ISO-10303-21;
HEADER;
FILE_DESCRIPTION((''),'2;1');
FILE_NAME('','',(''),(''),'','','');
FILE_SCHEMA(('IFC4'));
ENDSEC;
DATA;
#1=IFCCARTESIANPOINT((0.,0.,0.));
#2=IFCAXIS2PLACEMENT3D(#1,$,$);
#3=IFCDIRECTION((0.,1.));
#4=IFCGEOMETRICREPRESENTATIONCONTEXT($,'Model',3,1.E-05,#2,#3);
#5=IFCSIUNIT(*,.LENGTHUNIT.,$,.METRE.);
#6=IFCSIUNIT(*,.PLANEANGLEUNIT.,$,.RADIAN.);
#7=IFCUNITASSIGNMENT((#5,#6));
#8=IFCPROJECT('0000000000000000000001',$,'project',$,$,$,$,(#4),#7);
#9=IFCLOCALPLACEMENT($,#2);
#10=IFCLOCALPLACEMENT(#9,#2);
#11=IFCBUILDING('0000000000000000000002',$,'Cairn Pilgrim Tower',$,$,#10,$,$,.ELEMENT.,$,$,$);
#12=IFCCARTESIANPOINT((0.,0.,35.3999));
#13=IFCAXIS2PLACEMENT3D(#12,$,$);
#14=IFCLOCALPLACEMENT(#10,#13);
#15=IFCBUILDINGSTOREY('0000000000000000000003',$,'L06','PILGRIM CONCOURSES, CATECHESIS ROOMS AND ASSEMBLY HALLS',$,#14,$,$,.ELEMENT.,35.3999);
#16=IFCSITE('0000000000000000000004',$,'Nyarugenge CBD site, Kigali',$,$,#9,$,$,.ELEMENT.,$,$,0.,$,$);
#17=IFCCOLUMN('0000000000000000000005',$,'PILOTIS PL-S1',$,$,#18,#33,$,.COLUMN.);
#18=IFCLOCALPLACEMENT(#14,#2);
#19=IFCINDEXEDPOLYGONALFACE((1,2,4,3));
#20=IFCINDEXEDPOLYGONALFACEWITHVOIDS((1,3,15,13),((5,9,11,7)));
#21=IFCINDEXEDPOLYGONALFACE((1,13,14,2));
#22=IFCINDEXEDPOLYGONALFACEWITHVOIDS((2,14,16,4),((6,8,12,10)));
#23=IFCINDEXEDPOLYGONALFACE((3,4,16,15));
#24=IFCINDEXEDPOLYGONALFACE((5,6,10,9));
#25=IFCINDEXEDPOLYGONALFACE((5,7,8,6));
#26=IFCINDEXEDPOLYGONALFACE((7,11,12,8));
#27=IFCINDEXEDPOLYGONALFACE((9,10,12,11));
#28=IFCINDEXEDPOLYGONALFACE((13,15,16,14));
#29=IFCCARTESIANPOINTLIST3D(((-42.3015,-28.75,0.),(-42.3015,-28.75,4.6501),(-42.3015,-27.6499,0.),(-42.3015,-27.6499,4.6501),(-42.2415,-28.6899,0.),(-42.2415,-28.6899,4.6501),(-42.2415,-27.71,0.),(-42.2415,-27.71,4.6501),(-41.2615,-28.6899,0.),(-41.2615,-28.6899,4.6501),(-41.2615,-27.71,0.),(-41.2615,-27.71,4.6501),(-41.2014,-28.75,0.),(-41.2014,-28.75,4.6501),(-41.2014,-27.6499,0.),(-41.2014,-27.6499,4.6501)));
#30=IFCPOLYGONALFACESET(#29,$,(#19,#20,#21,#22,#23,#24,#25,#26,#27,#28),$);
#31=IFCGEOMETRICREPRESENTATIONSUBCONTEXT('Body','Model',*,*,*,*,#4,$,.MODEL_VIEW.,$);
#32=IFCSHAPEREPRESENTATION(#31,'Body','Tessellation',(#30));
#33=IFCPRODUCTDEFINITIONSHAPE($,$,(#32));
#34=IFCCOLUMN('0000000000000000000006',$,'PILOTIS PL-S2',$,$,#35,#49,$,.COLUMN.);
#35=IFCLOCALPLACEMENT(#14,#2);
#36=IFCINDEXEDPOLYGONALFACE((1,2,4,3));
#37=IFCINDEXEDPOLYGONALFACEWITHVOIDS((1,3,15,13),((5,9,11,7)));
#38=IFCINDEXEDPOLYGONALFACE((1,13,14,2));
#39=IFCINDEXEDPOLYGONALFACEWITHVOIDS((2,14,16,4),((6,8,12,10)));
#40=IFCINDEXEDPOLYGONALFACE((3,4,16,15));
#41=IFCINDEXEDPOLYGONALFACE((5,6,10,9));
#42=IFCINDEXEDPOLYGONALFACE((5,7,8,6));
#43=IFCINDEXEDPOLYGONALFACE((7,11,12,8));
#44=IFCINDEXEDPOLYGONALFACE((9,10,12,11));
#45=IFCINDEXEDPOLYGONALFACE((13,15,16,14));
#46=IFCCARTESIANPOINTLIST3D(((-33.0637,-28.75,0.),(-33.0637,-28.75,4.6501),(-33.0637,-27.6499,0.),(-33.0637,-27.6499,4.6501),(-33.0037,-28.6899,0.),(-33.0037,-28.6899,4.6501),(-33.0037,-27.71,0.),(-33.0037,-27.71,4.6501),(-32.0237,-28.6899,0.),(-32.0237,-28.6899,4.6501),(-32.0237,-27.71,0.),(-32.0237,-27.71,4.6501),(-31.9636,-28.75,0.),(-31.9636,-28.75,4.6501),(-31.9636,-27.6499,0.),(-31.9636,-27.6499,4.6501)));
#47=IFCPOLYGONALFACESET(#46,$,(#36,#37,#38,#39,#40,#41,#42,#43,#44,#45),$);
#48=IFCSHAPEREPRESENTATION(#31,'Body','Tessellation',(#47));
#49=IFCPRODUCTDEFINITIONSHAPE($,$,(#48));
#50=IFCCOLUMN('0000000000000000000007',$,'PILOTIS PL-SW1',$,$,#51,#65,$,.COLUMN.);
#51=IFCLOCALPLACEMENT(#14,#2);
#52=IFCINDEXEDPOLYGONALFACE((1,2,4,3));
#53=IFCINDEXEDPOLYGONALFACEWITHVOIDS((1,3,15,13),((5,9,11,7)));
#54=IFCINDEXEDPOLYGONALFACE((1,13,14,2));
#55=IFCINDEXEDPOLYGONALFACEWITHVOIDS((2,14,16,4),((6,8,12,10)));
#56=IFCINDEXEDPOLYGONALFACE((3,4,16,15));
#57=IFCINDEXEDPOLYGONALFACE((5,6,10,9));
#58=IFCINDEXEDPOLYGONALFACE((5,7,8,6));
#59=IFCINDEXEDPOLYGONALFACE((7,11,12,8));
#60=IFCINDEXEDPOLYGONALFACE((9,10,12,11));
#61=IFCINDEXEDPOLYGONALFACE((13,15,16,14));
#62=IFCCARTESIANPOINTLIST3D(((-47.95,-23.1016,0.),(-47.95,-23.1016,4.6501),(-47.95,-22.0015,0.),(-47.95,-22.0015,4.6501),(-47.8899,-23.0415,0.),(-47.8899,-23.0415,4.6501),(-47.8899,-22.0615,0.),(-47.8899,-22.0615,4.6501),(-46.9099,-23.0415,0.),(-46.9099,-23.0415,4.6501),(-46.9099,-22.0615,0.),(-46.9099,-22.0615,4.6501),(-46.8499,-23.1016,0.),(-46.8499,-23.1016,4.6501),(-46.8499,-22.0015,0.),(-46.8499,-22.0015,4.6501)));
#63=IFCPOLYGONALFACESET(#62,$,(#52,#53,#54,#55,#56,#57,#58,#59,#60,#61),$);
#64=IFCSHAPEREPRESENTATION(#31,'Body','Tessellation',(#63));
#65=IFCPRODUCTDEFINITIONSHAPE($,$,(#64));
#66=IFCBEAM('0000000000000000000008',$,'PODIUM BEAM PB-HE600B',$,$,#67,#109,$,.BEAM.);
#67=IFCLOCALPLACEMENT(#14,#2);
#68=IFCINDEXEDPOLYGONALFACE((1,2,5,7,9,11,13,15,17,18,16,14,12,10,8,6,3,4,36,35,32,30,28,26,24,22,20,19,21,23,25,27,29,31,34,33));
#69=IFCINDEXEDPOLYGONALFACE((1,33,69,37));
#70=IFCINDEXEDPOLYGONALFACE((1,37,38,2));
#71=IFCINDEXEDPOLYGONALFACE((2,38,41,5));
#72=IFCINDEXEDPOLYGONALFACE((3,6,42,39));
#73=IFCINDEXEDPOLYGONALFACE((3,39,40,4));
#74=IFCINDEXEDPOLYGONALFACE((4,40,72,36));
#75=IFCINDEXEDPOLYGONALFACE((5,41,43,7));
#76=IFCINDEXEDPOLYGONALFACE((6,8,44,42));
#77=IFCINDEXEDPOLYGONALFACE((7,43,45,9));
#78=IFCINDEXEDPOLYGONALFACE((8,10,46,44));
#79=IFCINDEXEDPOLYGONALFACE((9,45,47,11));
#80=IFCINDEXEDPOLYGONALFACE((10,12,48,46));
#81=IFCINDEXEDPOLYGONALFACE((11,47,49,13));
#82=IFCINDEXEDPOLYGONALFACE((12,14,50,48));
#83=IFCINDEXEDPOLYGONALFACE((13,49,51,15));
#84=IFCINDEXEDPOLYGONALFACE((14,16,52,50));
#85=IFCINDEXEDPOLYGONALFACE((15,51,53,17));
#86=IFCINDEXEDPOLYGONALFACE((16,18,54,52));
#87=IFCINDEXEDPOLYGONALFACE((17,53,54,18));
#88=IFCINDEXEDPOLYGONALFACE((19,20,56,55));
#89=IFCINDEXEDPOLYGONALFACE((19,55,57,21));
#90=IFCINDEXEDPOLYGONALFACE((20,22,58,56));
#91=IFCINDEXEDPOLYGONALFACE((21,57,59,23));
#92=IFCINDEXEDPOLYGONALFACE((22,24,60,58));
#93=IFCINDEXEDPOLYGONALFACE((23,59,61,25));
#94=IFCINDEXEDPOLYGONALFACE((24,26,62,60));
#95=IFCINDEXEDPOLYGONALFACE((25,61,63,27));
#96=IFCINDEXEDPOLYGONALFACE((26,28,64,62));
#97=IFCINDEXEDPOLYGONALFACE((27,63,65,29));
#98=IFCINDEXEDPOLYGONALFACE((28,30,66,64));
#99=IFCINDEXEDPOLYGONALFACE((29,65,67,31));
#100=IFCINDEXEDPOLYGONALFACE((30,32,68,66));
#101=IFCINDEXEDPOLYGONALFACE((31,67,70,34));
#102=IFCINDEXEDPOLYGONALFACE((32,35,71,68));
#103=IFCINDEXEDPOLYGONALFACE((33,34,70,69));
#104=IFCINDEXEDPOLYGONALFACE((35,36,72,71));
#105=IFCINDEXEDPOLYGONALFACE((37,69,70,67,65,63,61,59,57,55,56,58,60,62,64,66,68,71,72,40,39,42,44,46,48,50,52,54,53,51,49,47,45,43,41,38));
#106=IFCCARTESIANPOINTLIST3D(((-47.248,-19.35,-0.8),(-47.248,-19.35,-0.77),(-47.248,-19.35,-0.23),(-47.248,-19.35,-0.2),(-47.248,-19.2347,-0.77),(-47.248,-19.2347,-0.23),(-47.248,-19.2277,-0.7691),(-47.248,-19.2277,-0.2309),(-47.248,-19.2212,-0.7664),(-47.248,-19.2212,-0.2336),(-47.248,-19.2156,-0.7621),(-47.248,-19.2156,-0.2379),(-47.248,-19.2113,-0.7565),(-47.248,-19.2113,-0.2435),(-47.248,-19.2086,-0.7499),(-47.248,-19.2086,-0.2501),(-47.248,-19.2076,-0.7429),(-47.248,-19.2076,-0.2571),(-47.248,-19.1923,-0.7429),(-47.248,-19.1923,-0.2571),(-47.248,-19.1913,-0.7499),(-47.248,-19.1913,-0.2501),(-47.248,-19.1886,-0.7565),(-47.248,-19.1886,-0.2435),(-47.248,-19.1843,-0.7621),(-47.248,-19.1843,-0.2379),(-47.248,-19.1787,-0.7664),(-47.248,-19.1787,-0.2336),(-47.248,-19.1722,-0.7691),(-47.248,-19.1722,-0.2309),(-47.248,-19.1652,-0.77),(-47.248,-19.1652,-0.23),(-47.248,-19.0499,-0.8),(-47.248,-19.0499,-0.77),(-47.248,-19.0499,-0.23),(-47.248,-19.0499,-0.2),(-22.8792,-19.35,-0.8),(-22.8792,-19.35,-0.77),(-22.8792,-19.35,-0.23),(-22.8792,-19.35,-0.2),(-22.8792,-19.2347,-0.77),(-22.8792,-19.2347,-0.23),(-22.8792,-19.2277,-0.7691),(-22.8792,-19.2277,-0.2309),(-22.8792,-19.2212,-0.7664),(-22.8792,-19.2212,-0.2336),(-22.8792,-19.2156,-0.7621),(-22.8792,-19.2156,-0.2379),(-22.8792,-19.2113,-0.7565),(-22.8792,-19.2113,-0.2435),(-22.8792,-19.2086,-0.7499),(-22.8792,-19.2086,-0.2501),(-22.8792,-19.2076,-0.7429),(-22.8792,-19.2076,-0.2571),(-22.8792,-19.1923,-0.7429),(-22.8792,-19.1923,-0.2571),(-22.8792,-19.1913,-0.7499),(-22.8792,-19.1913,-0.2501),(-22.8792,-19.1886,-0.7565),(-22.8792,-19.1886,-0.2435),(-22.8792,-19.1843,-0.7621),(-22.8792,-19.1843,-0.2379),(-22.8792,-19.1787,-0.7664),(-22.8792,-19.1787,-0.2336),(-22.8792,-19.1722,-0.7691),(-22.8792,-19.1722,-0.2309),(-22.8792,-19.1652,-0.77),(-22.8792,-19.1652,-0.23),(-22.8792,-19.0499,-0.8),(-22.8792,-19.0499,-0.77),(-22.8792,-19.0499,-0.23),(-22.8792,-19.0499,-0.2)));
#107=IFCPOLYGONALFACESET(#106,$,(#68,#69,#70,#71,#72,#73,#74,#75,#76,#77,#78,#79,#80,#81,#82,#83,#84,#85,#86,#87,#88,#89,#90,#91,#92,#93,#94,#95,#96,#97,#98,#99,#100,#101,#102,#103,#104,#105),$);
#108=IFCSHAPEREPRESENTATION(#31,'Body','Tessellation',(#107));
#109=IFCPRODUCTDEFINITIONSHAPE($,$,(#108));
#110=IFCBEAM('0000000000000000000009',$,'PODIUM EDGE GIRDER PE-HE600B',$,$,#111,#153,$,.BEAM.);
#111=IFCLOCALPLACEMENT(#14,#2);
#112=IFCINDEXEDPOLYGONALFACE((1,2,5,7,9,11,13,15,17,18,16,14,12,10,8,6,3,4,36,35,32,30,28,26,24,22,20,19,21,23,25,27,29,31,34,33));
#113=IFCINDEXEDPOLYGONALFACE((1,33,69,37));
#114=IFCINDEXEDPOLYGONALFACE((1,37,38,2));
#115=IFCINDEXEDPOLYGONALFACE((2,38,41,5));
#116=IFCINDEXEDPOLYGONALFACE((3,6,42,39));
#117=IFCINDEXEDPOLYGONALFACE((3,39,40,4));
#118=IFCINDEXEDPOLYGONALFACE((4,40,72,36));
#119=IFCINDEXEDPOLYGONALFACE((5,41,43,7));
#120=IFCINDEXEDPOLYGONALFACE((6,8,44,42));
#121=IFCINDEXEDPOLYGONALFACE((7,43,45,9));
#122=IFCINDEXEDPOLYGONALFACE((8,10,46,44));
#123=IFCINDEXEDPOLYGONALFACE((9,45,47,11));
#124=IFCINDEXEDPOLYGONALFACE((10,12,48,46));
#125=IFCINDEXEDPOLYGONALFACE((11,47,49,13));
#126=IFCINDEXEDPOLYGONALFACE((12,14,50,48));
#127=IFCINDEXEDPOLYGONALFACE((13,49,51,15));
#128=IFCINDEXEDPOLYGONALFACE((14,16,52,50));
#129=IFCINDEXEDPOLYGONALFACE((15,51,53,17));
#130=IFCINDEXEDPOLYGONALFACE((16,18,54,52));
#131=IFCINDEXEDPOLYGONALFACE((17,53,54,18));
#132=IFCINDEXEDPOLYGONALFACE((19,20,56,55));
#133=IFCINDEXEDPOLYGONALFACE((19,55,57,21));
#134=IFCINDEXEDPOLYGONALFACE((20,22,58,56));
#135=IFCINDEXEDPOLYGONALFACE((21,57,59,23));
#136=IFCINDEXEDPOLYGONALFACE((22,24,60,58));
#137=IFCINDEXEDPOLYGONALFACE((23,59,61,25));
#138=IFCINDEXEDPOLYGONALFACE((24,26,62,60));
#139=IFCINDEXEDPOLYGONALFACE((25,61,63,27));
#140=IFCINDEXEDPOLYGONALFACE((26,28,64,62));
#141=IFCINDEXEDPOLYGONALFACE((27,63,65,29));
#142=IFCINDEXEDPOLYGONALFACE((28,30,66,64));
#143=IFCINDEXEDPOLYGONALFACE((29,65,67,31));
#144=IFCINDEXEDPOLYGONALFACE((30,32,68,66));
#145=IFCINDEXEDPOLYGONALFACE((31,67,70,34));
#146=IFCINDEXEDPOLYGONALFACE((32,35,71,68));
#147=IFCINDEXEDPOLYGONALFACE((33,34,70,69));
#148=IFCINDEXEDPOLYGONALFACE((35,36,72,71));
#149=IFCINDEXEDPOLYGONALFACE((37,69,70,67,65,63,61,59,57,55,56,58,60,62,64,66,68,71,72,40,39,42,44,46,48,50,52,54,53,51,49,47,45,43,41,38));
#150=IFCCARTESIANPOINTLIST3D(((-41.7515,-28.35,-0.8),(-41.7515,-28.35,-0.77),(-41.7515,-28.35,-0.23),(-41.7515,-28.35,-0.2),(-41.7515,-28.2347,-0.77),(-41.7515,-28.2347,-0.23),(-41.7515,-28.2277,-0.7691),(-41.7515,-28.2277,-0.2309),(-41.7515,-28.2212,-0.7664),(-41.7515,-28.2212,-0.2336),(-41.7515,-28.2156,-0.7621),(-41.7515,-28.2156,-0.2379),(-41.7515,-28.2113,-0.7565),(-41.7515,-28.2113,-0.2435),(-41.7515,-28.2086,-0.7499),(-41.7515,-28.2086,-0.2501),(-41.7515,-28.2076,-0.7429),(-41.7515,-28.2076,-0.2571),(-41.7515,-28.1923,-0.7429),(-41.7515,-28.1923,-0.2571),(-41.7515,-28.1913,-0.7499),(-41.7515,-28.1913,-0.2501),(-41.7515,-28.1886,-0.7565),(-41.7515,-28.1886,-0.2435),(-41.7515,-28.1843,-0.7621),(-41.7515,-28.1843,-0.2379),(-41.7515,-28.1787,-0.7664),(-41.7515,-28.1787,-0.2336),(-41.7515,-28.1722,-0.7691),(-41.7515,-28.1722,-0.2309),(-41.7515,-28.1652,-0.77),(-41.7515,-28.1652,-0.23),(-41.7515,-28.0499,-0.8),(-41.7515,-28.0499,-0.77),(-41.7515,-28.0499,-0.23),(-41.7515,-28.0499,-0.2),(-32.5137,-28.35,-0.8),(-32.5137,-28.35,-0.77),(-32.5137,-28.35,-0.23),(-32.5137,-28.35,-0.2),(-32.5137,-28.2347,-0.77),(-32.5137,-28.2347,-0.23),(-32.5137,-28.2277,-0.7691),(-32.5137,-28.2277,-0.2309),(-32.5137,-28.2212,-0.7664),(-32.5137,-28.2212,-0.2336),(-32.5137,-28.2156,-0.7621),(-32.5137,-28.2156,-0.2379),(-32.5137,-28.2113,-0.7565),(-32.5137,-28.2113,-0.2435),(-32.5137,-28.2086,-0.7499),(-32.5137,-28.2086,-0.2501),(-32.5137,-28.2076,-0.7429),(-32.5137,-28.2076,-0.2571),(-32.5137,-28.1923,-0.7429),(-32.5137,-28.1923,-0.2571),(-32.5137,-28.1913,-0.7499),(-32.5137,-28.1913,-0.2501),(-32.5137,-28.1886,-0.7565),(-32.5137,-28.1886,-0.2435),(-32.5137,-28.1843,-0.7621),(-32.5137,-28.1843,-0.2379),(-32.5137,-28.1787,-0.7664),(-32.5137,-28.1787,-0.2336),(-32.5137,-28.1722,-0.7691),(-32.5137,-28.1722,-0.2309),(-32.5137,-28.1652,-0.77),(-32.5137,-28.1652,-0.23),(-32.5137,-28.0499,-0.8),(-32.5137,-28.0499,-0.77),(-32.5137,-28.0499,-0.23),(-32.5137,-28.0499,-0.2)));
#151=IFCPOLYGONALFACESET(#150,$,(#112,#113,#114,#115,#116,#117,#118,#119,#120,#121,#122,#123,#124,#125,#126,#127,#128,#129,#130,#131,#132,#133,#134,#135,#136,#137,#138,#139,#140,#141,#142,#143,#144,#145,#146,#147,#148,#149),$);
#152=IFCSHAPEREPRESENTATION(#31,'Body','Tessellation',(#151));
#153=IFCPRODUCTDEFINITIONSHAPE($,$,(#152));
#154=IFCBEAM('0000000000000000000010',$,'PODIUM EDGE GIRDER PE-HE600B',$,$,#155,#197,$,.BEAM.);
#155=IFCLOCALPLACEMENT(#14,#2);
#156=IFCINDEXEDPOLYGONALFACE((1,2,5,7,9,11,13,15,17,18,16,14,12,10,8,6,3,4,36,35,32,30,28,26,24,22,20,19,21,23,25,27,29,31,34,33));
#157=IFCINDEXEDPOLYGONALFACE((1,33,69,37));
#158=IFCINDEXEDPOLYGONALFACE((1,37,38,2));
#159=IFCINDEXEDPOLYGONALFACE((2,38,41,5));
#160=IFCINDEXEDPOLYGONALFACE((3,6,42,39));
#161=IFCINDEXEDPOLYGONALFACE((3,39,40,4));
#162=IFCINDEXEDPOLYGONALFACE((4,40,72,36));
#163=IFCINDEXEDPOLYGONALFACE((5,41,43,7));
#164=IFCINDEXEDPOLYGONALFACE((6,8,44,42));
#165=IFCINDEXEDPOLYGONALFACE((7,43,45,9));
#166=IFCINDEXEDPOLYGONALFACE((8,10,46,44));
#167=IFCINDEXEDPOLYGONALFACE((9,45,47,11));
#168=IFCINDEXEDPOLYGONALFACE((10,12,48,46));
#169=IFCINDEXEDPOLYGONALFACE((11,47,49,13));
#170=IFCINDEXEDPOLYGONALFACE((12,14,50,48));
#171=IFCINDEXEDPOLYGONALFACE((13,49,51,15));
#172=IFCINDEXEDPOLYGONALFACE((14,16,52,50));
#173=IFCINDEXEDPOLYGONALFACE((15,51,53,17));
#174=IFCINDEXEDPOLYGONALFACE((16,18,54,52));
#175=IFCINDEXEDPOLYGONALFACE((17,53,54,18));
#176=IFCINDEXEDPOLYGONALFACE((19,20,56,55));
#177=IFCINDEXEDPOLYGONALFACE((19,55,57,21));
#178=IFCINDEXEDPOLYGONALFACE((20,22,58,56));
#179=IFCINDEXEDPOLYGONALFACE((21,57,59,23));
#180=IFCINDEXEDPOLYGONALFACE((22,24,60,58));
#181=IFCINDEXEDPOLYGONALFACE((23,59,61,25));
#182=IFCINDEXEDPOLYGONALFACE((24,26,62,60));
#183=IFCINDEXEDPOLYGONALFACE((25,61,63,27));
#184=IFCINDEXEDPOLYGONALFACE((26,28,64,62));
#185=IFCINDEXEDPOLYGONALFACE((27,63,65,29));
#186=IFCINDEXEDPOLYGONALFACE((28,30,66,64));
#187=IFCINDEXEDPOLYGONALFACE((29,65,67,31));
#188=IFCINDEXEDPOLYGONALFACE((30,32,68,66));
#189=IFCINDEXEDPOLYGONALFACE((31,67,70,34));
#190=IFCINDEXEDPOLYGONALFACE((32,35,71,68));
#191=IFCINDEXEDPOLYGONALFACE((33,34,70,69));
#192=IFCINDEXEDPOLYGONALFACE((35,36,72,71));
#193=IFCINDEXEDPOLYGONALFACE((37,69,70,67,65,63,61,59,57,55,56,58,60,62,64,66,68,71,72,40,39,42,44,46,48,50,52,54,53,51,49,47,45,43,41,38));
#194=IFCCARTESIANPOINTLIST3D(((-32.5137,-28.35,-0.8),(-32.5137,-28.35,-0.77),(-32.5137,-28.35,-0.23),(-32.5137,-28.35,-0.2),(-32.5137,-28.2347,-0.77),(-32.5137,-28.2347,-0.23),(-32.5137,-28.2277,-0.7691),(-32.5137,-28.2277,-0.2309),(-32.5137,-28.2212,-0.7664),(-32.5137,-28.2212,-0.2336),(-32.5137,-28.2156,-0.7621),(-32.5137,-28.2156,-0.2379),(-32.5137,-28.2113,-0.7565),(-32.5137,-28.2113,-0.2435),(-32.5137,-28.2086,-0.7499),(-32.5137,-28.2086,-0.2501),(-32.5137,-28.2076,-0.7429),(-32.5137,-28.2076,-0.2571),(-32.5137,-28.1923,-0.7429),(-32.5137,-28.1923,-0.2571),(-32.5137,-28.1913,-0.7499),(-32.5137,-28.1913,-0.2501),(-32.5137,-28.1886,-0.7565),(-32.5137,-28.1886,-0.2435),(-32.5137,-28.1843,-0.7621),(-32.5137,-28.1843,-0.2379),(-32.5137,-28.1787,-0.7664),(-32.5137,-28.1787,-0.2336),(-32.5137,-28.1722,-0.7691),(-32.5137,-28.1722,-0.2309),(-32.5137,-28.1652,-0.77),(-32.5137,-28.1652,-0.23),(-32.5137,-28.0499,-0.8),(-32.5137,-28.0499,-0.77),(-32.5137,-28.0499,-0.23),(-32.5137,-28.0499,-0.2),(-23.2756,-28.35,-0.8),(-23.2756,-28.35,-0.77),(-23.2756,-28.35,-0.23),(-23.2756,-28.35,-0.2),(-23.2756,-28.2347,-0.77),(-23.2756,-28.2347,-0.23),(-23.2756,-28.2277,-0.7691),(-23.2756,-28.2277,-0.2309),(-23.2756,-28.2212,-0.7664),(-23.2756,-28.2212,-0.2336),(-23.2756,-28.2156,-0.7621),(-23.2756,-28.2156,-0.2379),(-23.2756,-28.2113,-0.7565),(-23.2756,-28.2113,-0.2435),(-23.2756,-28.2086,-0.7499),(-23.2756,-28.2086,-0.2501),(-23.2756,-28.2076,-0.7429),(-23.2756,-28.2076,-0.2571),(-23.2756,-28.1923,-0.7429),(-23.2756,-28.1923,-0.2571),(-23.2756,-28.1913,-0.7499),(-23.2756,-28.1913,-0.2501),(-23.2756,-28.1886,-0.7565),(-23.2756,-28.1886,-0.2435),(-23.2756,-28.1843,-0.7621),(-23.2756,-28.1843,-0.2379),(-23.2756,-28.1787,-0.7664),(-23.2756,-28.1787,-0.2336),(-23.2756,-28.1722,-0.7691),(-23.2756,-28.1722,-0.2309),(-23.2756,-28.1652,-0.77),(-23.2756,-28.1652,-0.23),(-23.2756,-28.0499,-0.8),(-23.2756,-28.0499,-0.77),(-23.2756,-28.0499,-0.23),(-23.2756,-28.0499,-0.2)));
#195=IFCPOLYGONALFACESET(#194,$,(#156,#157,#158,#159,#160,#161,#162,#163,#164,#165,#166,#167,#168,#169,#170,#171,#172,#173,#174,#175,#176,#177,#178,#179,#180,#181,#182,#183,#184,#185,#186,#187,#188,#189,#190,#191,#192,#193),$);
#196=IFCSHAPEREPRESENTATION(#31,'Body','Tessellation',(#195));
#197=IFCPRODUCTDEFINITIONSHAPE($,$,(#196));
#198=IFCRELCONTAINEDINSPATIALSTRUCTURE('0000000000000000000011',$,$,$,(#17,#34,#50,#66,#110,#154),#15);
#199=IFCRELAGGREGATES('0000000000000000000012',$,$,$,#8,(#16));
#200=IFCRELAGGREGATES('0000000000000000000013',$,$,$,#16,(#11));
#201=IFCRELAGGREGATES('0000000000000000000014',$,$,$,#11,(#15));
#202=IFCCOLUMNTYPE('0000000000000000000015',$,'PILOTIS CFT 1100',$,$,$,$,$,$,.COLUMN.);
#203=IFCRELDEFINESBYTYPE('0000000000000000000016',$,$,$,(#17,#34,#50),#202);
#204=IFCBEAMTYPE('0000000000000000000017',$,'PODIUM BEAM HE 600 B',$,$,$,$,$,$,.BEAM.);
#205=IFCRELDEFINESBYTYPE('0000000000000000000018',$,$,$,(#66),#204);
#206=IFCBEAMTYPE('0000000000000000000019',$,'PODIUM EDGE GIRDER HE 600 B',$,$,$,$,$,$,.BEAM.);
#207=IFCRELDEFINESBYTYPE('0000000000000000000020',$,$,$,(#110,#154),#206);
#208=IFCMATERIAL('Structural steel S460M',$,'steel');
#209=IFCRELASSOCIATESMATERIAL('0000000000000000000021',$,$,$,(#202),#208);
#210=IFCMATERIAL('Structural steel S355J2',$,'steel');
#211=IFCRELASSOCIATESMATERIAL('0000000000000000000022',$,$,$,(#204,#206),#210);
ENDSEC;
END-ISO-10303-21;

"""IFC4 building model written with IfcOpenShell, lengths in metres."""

from ifc_helpers import new_model, si_unit, direction, frame, origin, origin_2d, place, context, subcontext, project, spatial, hollow_rectangle, i_section, extrude, material, material_profile, profile_set, type_object, element, save


model = new_model("IFC4")

# Units and contexts
model_context = context("Model", 3, precision=1e-05, world=origin(), true_north=direction((0.0, 1.0)))
body_context = subcontext(model_context, "Body", "Model", "MODEL_VIEW")
ifc_project = project(units=[si_unit("LENGTHUNIT", "METRE"), si_unit("PLANEANGLEUNIT", "RADIAN")], contexts=[model_context])

# Site, building, storey
site_placement = place(None, origin())
site = spatial("IfcSite", under=ifc_project, at=site_placement, Name="Nyarugenge CBD site, Kigali", CompositionType="ELEMENT", RefElevation=0.0)
building_placement = place(site_placement, origin())
building = spatial("IfcBuilding", under=site, at=building_placement, Name="Cairn Pilgrim Tower", CompositionType="ELEMENT")
storey_placement = place(building_placement, frame((0.0, 0.0, 35.3999)))
storey = spatial("IfcBuildingStorey", under=building, at=storey_placement, Name="L06", Description="PILGRIM CONCOURSES, CATECHESIS ROOMS AND ASSEMBLY HALLS", CompositionType="ELEMENT", Elevation=35.3999)

# Columns
ifc_material_1 = material(Name="Structural steel S460M", Category="steel")
ifc_material_profile_1 = material_profile(ifc_material_1, hollow_rectangle(XDim=1.1001, YDim=1.1001, WallThickness=0.0601, at=origin_2d()), Name="BOX 1100x1100x60")
ifc_profile_set_1 = profile_set([ifc_material_profile_1], Name="Structural steel S460M")
column_type = type_object("IfcColumnType", Name="PILOTIS CFT 1100", PredefinedType="COLUMN", material=ifc_profile_set_1)
for number, where, z_axis, x_axis, name in (
    (1, (-41.7515, -28.2, 0.0), (0.0, 0.0, 1.0), (1.0, 0.0, 0.0), "PILOTIS PL-S1"),
    (2, (-32.5137, -28.2, 0.0), (0.0, 0.0, 1.0), (1.0, 0.0, 0.0), "PILOTIS PL-S2"),
    (3, (-47.3999, -22.5515, 0.0), (0.0, 0.0, 1.0), (1.0, 0.0, 0.0), "PILOTIS PL-SW1"),
):
    element("IfcColumn", number, at=place(storey_placement, frame(where, z_axis=z_axis, x_axis=x_axis)), inside=storey, type_object=column_type, Name=name, PredefinedType="COLUMN", context=body_context, shape_type="SweptSolid", body=[
        extrude(hollow_rectangle(XDim=1.1001, YDim=1.1001, WallThickness=0.0601, at=origin_2d()), origin(), (0.0, 0.0, 1.0), 4.6501),
    ])

# Beams
ifc_material_2 = material(Name="Structural steel S355J2", Category="steel")
ifc_material_profile_2 = material_profile(ifc_material_2, i_section(OverallWidth=0.3, OverallDepth=0.6001, WebThickness=0.0154, FlangeThickness=0.03, FilletRadius=0.0271, at=origin_2d()), Name="HEB 600")
ifc_profile_set_2 = profile_set([ifc_material_profile_2], Name="Structural steel S355J2")
beam_type_1 = type_object("IfcBeamType", Name="PODIUM BEAM HE 600 B", PredefinedType="BEAM", material=ifc_profile_set_2)
beam_1_placement = place(storey_placement, frame((-47.248, -19.2, -0.5), z_axis=(1.0, 0.0, 0.0), x_axis=(0.0, 1.0, 0.0)))
element("IfcBeam", 4, at=beam_1_placement, inside=storey, type_object=beam_type_1, Name="PODIUM BEAM PB-HE600B", PredefinedType="BEAM", context=body_context, shape_type="SweptSolid", body=[
    extrude(i_section(OverallWidth=0.3, OverallDepth=0.6001, WebThickness=0.0154, FlangeThickness=0.03, FilletRadius=0.0271, at=origin_2d()), origin(), (0.0, 0.0, 1.0), 24.3689),
])
ifc_material_profile_3 = material_profile(ifc_material_2, i_section(OverallWidth=0.3, OverallDepth=0.6001, WebThickness=0.0154, FlangeThickness=0.03, FilletRadius=0.0271, at=origin_2d()), Name="HEB 600")
ifc_profile_set_3 = profile_set([ifc_material_profile_3], Name="Structural steel S355J2")
beam_type_2 = type_object("IfcBeamType", Name="PODIUM EDGE GIRDER HE 600 B", PredefinedType="BEAM", material=ifc_profile_set_3)
beam_2_placement = place(storey_placement, frame((-41.7515, -28.2, -0.5), z_axis=(1.0, 0.0, 0.0), x_axis=(0.0, 1.0, 0.0)))
element("IfcBeam", 5, at=beam_2_placement, inside=storey, type_object=beam_type_2, Name="PODIUM EDGE GIRDER PE-HE600B", PredefinedType="BEAM", context=body_context, shape_type="SweptSolid", body=[
    extrude(i_section(OverallWidth=0.3, OverallDepth=0.6001, WebThickness=0.0154, FlangeThickness=0.03, FilletRadius=0.0271, at=origin_2d()), origin(), (0.0, 0.0, 1.0), 9.2378),
])
beam_3_placement = place(storey_placement, frame((-32.5137, -28.2, -0.5), z_axis=(1.0, 0.0, 0.0), x_axis=(0.0, 1.0, 0.0)))
element("IfcBeam", 6, at=beam_3_placement, inside=storey, type_object=beam_type_2, Name="PODIUM EDGE GIRDER PE-HE600B", PredefinedType="BEAM", context=body_context, shape_type="SweptSolid", body=[
    extrude(i_section(OverallWidth=0.3, OverallDepth=0.6001, WebThickness=0.0154, FlangeThickness=0.03, FilletRadius=0.0271, at=origin_2d()), origin(), (0.0, 0.0, 1.0), 9.238),
])

save(model, "model.ifc")
